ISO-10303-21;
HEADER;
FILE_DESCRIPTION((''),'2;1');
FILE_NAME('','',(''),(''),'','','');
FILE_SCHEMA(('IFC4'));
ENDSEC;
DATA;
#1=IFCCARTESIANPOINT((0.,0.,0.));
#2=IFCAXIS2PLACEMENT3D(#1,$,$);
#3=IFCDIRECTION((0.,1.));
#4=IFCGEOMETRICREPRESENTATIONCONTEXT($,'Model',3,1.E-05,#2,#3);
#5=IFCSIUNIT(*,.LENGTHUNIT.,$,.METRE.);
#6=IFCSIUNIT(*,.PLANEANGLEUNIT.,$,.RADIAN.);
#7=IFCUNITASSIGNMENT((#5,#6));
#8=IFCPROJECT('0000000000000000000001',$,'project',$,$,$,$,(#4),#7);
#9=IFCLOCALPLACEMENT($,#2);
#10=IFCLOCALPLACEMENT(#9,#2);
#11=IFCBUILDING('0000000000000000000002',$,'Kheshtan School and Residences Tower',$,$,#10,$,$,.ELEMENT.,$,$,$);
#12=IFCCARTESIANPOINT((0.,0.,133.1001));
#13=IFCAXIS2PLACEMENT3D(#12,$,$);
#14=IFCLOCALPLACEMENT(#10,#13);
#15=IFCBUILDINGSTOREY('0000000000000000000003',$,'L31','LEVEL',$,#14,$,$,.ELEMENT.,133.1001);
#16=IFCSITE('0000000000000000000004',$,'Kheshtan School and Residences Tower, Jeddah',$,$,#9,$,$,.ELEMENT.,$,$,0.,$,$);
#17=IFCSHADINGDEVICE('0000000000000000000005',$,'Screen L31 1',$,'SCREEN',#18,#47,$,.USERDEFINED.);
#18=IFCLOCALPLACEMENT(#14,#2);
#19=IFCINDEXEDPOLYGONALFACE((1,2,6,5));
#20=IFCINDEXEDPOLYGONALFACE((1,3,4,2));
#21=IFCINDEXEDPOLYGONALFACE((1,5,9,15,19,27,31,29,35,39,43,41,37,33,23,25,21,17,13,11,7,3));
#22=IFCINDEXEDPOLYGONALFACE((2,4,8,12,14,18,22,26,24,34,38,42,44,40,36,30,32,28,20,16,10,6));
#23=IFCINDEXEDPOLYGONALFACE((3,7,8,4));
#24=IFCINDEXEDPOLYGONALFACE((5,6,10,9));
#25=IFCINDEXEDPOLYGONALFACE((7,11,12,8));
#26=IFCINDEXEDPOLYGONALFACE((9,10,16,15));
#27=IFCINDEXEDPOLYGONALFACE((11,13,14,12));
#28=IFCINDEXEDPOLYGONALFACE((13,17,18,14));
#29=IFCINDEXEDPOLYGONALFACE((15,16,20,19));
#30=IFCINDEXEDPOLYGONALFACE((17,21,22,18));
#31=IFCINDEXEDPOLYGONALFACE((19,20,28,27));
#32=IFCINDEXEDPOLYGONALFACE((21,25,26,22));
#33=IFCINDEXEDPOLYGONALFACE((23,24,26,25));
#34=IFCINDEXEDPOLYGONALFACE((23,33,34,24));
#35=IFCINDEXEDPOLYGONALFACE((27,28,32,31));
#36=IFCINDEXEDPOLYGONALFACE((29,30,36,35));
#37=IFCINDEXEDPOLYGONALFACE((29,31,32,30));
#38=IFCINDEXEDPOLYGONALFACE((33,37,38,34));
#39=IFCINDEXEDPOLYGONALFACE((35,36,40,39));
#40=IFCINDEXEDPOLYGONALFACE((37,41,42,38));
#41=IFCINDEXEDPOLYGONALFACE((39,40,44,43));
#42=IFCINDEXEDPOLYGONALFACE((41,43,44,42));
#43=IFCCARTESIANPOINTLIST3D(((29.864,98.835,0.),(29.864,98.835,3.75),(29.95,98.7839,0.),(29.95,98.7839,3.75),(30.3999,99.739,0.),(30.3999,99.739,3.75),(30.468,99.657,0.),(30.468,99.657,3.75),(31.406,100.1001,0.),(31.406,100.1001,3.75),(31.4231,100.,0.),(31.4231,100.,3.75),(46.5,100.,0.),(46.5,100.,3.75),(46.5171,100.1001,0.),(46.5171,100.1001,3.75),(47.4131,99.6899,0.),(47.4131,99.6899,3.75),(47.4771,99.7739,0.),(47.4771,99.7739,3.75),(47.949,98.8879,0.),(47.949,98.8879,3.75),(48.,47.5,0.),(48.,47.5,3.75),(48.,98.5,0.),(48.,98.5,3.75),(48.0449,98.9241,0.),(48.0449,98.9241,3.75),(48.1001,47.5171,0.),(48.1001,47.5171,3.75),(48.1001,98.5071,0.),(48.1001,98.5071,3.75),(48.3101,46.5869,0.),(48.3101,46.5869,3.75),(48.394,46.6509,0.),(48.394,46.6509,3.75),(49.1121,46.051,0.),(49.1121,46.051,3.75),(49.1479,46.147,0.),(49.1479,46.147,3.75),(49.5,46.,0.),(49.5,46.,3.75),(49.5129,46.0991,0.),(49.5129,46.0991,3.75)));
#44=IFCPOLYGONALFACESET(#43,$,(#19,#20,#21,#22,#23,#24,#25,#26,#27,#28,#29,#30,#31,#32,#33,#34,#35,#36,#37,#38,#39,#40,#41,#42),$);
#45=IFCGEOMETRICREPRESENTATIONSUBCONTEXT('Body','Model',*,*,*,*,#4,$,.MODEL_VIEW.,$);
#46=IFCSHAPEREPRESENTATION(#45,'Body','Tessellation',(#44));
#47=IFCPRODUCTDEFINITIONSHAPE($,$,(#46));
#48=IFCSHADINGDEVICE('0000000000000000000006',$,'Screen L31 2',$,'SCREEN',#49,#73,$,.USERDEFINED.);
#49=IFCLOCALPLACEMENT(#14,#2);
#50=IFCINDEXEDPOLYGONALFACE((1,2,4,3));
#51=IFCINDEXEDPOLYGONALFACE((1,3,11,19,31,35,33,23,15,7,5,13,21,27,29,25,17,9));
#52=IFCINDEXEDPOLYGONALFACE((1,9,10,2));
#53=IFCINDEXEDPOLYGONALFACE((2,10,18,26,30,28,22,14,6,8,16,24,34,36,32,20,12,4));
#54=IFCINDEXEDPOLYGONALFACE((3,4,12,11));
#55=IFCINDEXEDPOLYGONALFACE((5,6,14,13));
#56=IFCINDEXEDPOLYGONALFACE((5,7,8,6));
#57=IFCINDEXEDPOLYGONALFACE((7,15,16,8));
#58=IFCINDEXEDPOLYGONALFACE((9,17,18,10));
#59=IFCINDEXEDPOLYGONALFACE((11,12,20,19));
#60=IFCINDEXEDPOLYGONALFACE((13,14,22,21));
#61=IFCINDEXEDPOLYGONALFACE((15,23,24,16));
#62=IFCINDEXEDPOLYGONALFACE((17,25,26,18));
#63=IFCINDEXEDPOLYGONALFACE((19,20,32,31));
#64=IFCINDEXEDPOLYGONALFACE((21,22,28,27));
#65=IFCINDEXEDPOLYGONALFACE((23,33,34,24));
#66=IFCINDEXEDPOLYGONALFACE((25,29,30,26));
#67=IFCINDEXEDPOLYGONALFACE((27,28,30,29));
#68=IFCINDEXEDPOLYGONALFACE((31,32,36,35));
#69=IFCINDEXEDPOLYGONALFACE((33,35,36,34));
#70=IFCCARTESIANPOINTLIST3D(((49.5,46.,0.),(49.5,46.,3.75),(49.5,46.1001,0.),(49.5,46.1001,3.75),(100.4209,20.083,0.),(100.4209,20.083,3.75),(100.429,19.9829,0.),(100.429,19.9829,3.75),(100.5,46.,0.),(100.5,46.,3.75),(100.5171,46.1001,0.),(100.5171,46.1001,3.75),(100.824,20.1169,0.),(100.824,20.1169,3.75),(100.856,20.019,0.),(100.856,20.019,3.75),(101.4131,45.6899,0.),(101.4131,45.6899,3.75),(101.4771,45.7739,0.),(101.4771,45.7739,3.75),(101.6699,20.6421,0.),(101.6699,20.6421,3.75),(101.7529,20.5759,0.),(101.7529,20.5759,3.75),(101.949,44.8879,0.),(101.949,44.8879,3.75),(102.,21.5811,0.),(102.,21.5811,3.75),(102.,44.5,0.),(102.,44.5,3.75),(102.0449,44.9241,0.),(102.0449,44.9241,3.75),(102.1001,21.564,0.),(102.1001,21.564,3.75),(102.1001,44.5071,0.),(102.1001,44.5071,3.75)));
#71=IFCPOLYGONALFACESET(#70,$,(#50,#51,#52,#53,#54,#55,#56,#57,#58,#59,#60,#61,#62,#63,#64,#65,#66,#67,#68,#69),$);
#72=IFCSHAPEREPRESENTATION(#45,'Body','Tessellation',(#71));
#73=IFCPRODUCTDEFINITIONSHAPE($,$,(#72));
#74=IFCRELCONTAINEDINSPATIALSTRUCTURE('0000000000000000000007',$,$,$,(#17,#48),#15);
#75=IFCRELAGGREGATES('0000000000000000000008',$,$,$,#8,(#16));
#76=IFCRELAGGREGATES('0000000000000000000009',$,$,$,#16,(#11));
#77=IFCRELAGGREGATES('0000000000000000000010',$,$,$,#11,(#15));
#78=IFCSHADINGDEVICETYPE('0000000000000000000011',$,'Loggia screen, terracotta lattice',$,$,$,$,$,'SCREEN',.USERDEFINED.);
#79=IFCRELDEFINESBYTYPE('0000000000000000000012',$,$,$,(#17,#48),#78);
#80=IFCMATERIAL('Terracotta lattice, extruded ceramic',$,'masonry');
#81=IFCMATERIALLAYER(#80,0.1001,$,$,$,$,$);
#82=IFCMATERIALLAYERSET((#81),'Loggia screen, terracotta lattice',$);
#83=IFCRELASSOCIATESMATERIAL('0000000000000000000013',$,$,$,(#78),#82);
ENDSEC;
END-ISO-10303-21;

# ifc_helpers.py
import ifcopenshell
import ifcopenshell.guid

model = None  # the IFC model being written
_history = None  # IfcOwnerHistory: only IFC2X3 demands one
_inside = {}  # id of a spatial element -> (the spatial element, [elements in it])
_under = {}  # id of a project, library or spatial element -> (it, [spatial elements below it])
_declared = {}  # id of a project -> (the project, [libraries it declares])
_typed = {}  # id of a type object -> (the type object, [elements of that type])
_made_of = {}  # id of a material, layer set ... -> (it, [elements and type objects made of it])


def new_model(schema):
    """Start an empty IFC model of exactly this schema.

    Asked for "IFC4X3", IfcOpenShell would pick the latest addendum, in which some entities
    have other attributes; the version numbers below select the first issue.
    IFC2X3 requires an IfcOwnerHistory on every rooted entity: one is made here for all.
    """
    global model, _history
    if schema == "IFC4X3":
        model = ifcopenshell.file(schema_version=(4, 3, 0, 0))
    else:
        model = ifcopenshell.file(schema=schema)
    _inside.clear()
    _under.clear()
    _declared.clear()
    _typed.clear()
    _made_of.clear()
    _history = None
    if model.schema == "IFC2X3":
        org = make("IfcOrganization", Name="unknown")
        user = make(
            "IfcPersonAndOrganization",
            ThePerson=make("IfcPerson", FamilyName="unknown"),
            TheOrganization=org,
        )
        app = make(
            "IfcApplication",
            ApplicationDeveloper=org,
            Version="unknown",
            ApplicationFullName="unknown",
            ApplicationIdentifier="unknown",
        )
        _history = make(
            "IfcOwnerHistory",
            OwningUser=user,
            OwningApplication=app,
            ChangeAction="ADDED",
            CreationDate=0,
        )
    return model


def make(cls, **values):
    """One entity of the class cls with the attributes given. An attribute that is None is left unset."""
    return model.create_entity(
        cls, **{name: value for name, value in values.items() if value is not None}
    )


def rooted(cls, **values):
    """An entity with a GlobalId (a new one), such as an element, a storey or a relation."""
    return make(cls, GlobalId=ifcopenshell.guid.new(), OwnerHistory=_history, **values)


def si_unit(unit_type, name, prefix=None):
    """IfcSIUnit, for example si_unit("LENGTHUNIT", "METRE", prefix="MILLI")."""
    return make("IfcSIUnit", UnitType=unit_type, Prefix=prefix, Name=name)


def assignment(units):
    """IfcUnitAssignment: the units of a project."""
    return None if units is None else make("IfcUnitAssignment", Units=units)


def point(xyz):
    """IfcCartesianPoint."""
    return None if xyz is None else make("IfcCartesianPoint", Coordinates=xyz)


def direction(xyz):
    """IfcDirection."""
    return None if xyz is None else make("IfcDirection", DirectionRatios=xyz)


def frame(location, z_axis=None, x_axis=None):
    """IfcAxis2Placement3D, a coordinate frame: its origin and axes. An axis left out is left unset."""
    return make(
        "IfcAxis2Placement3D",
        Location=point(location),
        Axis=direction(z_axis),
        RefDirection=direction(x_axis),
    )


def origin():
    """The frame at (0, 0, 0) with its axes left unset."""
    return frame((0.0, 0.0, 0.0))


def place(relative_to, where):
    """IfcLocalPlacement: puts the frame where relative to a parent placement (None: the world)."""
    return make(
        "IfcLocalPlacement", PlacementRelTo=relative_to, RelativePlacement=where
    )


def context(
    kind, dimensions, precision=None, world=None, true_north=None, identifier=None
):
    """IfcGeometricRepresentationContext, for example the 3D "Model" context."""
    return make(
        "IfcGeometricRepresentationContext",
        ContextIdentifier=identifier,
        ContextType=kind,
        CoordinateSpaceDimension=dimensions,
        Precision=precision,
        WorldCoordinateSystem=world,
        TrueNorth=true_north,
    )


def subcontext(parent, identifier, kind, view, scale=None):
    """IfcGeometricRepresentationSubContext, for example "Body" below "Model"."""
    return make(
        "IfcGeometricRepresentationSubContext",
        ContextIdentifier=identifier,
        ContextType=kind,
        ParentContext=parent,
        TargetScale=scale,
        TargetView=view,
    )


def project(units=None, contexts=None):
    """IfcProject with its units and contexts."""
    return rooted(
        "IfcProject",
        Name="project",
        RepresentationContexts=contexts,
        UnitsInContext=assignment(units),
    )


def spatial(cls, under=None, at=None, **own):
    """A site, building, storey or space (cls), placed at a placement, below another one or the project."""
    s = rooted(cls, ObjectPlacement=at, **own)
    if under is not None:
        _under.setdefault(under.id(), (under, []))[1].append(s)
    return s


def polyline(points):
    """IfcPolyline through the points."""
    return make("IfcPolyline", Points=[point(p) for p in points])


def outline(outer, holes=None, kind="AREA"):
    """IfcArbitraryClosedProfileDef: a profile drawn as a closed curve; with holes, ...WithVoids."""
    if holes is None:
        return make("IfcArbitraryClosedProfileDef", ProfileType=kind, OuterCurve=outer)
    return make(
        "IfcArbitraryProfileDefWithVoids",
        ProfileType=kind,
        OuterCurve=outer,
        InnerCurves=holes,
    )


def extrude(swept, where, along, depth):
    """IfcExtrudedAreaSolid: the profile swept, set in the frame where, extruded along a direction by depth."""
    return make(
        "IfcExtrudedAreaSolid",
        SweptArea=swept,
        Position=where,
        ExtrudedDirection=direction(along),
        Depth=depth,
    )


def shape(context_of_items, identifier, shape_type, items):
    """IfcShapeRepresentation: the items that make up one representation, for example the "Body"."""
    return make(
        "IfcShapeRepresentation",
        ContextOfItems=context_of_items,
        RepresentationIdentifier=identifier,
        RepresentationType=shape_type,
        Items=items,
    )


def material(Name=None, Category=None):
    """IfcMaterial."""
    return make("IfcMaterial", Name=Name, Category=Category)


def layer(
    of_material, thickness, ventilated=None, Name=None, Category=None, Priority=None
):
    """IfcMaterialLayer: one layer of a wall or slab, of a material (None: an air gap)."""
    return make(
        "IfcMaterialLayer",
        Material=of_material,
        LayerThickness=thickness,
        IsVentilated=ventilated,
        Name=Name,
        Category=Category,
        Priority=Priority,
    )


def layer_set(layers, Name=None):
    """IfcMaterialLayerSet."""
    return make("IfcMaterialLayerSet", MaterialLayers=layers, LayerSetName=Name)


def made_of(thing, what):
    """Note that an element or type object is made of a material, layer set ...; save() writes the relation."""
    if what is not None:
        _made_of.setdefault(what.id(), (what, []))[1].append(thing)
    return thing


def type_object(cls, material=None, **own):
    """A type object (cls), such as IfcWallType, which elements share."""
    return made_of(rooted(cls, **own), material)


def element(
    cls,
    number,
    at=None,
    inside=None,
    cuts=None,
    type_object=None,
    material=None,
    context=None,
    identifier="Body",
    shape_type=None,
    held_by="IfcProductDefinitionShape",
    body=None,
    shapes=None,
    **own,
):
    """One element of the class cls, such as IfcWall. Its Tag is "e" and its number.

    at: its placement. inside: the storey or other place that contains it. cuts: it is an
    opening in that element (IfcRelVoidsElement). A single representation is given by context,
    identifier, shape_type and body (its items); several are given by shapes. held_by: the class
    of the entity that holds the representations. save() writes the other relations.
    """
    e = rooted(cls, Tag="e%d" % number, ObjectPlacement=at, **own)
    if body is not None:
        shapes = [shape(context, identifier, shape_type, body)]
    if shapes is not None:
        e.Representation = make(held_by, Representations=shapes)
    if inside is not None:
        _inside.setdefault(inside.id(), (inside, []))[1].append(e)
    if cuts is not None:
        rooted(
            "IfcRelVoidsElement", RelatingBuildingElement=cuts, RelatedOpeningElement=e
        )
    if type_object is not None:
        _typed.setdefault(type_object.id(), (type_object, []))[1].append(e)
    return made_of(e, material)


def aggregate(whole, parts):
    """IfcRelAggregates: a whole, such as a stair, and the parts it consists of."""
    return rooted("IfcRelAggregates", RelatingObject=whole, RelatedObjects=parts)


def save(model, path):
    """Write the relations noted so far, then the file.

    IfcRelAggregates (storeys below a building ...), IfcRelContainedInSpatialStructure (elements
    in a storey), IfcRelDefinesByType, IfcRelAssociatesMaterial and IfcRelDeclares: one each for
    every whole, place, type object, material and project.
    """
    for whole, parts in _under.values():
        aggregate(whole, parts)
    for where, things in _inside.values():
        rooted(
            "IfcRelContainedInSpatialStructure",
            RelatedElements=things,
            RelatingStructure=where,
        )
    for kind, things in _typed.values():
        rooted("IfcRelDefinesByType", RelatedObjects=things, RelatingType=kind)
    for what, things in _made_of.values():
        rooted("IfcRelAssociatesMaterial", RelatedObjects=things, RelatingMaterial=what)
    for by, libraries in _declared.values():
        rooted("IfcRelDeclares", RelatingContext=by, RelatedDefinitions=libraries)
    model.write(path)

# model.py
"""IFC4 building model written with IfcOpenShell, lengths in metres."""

from ifc_helpers import new_model, si_unit, direction, frame, origin, place, context, subcontext, project, spatial, polyline, outline, extrude, material, layer, layer_set, type_object, element, save


model = new_model("IFC4")

# Units and contexts
model_context = context("Model", 3, precision=1e-05, world=origin(), true_north=direction((0.0, 1.0)))
body_context = subcontext(model_context, "Body", "Model", "MODEL_VIEW")
ifc_project = project(units=[si_unit("LENGTHUNIT", "METRE"), si_unit("PLANEANGLEUNIT", "RADIAN")], contexts=[model_context])

# Site, building, storey
site_placement = place(None, origin())
site = spatial("IfcSite", under=ifc_project, at=site_placement, Name="Kheshtan School and Residences Tower, Jeddah", CompositionType="ELEMENT", RefElevation=0.0)
building_placement = place(site_placement, origin())
building = spatial("IfcBuilding", under=site, at=building_placement, Name="Kheshtan School and Residences Tower", CompositionType="ELEMENT")
storey_placement = place(building_placement, frame((0.0, 0.0, 133.1001)))
storey = spatial("IfcBuildingStorey", under=building, at=storey_placement, Name="L31", Description="LEVEL", CompositionType="ELEMENT", Elevation=133.1001)

# Shading devices
ifc_material_1 = material(Name="Terracotta lattice, extruded ceramic", Category="masonry")
ifc_layer_1 = layer(ifc_material_1, 0.1001)
ifc_layer_set_1 = layer_set([ifc_layer_1], Name="Loggia screen, terracotta lattice")
shading_device_type_1 = type_object("IfcShadingDeviceType", Name="Loggia screen, terracotta lattice", ElementType="SCREEN", PredefinedType="USERDEFINED", material=ifc_layer_set_1)
shading_device_1_placement = place(storey_placement, origin())
element("IfcShadingDevice", 1, at=shading_device_1_placement, inside=storey, type_object=shading_device_type_1, Name="Screen L31 1", ObjectType="SCREEN", PredefinedType="USERDEFINED", context=body_context, shape_type="SweptSolid", body=[
    extrude(outline(polyline([(29.95, 98.7839), (30.468, 99.657), (31.4231, 100.0), (46.5, 100.0), (47.4131, 99.6899), (47.949, 98.8879), (48.0, 98.5), (48.0, 47.5), (48.3101, 46.5869), (49.1121, 46.051), (49.5, 46.0), (49.5129, 46.0991), (49.1479, 46.147), (48.394, 46.6509), (48.1001, 47.5171), (48.1001, 98.5071), (48.0449, 98.9241), (47.4771, 99.7739), (46.5171, 100.1001), (31.406, 100.1001), (30.3999, 99.739), (29.864, 98.835), (29.95, 98.7839)])), origin(), (0.0, 0.0, 1.0), 3.75),
])
shading_device_2_placement = place(storey_placement, origin())
element("IfcShadingDevice", 2, at=shading_device_2_placement, inside=storey, type_object=shading_device_type_1, Name="Screen L31 2", ObjectType="SCREEN", PredefinedType="USERDEFINED", context=body_context, shape_type="SweptSolid", body=[
    extrude(outline(polyline([(49.5, 46.0), (100.5, 46.0), (101.4131, 45.6899), (101.949, 44.8879), (102.0, 44.5), (102.0, 21.5811), (101.6699, 20.6421), (100.824, 20.1169), (100.4209, 20.083), (100.429, 19.9829), (100.856, 20.019), (101.7529, 20.5759), (102.1001, 21.564), (102.1001, 44.5071), (102.0449, 44.9241), (101.4771, 45.7739), (100.5171, 46.1001), (49.5, 46.1001), (49.5, 46.0)])), origin(), (0.0, 0.0, 1.0), 3.75),
])

save(model, "model.ifc")
